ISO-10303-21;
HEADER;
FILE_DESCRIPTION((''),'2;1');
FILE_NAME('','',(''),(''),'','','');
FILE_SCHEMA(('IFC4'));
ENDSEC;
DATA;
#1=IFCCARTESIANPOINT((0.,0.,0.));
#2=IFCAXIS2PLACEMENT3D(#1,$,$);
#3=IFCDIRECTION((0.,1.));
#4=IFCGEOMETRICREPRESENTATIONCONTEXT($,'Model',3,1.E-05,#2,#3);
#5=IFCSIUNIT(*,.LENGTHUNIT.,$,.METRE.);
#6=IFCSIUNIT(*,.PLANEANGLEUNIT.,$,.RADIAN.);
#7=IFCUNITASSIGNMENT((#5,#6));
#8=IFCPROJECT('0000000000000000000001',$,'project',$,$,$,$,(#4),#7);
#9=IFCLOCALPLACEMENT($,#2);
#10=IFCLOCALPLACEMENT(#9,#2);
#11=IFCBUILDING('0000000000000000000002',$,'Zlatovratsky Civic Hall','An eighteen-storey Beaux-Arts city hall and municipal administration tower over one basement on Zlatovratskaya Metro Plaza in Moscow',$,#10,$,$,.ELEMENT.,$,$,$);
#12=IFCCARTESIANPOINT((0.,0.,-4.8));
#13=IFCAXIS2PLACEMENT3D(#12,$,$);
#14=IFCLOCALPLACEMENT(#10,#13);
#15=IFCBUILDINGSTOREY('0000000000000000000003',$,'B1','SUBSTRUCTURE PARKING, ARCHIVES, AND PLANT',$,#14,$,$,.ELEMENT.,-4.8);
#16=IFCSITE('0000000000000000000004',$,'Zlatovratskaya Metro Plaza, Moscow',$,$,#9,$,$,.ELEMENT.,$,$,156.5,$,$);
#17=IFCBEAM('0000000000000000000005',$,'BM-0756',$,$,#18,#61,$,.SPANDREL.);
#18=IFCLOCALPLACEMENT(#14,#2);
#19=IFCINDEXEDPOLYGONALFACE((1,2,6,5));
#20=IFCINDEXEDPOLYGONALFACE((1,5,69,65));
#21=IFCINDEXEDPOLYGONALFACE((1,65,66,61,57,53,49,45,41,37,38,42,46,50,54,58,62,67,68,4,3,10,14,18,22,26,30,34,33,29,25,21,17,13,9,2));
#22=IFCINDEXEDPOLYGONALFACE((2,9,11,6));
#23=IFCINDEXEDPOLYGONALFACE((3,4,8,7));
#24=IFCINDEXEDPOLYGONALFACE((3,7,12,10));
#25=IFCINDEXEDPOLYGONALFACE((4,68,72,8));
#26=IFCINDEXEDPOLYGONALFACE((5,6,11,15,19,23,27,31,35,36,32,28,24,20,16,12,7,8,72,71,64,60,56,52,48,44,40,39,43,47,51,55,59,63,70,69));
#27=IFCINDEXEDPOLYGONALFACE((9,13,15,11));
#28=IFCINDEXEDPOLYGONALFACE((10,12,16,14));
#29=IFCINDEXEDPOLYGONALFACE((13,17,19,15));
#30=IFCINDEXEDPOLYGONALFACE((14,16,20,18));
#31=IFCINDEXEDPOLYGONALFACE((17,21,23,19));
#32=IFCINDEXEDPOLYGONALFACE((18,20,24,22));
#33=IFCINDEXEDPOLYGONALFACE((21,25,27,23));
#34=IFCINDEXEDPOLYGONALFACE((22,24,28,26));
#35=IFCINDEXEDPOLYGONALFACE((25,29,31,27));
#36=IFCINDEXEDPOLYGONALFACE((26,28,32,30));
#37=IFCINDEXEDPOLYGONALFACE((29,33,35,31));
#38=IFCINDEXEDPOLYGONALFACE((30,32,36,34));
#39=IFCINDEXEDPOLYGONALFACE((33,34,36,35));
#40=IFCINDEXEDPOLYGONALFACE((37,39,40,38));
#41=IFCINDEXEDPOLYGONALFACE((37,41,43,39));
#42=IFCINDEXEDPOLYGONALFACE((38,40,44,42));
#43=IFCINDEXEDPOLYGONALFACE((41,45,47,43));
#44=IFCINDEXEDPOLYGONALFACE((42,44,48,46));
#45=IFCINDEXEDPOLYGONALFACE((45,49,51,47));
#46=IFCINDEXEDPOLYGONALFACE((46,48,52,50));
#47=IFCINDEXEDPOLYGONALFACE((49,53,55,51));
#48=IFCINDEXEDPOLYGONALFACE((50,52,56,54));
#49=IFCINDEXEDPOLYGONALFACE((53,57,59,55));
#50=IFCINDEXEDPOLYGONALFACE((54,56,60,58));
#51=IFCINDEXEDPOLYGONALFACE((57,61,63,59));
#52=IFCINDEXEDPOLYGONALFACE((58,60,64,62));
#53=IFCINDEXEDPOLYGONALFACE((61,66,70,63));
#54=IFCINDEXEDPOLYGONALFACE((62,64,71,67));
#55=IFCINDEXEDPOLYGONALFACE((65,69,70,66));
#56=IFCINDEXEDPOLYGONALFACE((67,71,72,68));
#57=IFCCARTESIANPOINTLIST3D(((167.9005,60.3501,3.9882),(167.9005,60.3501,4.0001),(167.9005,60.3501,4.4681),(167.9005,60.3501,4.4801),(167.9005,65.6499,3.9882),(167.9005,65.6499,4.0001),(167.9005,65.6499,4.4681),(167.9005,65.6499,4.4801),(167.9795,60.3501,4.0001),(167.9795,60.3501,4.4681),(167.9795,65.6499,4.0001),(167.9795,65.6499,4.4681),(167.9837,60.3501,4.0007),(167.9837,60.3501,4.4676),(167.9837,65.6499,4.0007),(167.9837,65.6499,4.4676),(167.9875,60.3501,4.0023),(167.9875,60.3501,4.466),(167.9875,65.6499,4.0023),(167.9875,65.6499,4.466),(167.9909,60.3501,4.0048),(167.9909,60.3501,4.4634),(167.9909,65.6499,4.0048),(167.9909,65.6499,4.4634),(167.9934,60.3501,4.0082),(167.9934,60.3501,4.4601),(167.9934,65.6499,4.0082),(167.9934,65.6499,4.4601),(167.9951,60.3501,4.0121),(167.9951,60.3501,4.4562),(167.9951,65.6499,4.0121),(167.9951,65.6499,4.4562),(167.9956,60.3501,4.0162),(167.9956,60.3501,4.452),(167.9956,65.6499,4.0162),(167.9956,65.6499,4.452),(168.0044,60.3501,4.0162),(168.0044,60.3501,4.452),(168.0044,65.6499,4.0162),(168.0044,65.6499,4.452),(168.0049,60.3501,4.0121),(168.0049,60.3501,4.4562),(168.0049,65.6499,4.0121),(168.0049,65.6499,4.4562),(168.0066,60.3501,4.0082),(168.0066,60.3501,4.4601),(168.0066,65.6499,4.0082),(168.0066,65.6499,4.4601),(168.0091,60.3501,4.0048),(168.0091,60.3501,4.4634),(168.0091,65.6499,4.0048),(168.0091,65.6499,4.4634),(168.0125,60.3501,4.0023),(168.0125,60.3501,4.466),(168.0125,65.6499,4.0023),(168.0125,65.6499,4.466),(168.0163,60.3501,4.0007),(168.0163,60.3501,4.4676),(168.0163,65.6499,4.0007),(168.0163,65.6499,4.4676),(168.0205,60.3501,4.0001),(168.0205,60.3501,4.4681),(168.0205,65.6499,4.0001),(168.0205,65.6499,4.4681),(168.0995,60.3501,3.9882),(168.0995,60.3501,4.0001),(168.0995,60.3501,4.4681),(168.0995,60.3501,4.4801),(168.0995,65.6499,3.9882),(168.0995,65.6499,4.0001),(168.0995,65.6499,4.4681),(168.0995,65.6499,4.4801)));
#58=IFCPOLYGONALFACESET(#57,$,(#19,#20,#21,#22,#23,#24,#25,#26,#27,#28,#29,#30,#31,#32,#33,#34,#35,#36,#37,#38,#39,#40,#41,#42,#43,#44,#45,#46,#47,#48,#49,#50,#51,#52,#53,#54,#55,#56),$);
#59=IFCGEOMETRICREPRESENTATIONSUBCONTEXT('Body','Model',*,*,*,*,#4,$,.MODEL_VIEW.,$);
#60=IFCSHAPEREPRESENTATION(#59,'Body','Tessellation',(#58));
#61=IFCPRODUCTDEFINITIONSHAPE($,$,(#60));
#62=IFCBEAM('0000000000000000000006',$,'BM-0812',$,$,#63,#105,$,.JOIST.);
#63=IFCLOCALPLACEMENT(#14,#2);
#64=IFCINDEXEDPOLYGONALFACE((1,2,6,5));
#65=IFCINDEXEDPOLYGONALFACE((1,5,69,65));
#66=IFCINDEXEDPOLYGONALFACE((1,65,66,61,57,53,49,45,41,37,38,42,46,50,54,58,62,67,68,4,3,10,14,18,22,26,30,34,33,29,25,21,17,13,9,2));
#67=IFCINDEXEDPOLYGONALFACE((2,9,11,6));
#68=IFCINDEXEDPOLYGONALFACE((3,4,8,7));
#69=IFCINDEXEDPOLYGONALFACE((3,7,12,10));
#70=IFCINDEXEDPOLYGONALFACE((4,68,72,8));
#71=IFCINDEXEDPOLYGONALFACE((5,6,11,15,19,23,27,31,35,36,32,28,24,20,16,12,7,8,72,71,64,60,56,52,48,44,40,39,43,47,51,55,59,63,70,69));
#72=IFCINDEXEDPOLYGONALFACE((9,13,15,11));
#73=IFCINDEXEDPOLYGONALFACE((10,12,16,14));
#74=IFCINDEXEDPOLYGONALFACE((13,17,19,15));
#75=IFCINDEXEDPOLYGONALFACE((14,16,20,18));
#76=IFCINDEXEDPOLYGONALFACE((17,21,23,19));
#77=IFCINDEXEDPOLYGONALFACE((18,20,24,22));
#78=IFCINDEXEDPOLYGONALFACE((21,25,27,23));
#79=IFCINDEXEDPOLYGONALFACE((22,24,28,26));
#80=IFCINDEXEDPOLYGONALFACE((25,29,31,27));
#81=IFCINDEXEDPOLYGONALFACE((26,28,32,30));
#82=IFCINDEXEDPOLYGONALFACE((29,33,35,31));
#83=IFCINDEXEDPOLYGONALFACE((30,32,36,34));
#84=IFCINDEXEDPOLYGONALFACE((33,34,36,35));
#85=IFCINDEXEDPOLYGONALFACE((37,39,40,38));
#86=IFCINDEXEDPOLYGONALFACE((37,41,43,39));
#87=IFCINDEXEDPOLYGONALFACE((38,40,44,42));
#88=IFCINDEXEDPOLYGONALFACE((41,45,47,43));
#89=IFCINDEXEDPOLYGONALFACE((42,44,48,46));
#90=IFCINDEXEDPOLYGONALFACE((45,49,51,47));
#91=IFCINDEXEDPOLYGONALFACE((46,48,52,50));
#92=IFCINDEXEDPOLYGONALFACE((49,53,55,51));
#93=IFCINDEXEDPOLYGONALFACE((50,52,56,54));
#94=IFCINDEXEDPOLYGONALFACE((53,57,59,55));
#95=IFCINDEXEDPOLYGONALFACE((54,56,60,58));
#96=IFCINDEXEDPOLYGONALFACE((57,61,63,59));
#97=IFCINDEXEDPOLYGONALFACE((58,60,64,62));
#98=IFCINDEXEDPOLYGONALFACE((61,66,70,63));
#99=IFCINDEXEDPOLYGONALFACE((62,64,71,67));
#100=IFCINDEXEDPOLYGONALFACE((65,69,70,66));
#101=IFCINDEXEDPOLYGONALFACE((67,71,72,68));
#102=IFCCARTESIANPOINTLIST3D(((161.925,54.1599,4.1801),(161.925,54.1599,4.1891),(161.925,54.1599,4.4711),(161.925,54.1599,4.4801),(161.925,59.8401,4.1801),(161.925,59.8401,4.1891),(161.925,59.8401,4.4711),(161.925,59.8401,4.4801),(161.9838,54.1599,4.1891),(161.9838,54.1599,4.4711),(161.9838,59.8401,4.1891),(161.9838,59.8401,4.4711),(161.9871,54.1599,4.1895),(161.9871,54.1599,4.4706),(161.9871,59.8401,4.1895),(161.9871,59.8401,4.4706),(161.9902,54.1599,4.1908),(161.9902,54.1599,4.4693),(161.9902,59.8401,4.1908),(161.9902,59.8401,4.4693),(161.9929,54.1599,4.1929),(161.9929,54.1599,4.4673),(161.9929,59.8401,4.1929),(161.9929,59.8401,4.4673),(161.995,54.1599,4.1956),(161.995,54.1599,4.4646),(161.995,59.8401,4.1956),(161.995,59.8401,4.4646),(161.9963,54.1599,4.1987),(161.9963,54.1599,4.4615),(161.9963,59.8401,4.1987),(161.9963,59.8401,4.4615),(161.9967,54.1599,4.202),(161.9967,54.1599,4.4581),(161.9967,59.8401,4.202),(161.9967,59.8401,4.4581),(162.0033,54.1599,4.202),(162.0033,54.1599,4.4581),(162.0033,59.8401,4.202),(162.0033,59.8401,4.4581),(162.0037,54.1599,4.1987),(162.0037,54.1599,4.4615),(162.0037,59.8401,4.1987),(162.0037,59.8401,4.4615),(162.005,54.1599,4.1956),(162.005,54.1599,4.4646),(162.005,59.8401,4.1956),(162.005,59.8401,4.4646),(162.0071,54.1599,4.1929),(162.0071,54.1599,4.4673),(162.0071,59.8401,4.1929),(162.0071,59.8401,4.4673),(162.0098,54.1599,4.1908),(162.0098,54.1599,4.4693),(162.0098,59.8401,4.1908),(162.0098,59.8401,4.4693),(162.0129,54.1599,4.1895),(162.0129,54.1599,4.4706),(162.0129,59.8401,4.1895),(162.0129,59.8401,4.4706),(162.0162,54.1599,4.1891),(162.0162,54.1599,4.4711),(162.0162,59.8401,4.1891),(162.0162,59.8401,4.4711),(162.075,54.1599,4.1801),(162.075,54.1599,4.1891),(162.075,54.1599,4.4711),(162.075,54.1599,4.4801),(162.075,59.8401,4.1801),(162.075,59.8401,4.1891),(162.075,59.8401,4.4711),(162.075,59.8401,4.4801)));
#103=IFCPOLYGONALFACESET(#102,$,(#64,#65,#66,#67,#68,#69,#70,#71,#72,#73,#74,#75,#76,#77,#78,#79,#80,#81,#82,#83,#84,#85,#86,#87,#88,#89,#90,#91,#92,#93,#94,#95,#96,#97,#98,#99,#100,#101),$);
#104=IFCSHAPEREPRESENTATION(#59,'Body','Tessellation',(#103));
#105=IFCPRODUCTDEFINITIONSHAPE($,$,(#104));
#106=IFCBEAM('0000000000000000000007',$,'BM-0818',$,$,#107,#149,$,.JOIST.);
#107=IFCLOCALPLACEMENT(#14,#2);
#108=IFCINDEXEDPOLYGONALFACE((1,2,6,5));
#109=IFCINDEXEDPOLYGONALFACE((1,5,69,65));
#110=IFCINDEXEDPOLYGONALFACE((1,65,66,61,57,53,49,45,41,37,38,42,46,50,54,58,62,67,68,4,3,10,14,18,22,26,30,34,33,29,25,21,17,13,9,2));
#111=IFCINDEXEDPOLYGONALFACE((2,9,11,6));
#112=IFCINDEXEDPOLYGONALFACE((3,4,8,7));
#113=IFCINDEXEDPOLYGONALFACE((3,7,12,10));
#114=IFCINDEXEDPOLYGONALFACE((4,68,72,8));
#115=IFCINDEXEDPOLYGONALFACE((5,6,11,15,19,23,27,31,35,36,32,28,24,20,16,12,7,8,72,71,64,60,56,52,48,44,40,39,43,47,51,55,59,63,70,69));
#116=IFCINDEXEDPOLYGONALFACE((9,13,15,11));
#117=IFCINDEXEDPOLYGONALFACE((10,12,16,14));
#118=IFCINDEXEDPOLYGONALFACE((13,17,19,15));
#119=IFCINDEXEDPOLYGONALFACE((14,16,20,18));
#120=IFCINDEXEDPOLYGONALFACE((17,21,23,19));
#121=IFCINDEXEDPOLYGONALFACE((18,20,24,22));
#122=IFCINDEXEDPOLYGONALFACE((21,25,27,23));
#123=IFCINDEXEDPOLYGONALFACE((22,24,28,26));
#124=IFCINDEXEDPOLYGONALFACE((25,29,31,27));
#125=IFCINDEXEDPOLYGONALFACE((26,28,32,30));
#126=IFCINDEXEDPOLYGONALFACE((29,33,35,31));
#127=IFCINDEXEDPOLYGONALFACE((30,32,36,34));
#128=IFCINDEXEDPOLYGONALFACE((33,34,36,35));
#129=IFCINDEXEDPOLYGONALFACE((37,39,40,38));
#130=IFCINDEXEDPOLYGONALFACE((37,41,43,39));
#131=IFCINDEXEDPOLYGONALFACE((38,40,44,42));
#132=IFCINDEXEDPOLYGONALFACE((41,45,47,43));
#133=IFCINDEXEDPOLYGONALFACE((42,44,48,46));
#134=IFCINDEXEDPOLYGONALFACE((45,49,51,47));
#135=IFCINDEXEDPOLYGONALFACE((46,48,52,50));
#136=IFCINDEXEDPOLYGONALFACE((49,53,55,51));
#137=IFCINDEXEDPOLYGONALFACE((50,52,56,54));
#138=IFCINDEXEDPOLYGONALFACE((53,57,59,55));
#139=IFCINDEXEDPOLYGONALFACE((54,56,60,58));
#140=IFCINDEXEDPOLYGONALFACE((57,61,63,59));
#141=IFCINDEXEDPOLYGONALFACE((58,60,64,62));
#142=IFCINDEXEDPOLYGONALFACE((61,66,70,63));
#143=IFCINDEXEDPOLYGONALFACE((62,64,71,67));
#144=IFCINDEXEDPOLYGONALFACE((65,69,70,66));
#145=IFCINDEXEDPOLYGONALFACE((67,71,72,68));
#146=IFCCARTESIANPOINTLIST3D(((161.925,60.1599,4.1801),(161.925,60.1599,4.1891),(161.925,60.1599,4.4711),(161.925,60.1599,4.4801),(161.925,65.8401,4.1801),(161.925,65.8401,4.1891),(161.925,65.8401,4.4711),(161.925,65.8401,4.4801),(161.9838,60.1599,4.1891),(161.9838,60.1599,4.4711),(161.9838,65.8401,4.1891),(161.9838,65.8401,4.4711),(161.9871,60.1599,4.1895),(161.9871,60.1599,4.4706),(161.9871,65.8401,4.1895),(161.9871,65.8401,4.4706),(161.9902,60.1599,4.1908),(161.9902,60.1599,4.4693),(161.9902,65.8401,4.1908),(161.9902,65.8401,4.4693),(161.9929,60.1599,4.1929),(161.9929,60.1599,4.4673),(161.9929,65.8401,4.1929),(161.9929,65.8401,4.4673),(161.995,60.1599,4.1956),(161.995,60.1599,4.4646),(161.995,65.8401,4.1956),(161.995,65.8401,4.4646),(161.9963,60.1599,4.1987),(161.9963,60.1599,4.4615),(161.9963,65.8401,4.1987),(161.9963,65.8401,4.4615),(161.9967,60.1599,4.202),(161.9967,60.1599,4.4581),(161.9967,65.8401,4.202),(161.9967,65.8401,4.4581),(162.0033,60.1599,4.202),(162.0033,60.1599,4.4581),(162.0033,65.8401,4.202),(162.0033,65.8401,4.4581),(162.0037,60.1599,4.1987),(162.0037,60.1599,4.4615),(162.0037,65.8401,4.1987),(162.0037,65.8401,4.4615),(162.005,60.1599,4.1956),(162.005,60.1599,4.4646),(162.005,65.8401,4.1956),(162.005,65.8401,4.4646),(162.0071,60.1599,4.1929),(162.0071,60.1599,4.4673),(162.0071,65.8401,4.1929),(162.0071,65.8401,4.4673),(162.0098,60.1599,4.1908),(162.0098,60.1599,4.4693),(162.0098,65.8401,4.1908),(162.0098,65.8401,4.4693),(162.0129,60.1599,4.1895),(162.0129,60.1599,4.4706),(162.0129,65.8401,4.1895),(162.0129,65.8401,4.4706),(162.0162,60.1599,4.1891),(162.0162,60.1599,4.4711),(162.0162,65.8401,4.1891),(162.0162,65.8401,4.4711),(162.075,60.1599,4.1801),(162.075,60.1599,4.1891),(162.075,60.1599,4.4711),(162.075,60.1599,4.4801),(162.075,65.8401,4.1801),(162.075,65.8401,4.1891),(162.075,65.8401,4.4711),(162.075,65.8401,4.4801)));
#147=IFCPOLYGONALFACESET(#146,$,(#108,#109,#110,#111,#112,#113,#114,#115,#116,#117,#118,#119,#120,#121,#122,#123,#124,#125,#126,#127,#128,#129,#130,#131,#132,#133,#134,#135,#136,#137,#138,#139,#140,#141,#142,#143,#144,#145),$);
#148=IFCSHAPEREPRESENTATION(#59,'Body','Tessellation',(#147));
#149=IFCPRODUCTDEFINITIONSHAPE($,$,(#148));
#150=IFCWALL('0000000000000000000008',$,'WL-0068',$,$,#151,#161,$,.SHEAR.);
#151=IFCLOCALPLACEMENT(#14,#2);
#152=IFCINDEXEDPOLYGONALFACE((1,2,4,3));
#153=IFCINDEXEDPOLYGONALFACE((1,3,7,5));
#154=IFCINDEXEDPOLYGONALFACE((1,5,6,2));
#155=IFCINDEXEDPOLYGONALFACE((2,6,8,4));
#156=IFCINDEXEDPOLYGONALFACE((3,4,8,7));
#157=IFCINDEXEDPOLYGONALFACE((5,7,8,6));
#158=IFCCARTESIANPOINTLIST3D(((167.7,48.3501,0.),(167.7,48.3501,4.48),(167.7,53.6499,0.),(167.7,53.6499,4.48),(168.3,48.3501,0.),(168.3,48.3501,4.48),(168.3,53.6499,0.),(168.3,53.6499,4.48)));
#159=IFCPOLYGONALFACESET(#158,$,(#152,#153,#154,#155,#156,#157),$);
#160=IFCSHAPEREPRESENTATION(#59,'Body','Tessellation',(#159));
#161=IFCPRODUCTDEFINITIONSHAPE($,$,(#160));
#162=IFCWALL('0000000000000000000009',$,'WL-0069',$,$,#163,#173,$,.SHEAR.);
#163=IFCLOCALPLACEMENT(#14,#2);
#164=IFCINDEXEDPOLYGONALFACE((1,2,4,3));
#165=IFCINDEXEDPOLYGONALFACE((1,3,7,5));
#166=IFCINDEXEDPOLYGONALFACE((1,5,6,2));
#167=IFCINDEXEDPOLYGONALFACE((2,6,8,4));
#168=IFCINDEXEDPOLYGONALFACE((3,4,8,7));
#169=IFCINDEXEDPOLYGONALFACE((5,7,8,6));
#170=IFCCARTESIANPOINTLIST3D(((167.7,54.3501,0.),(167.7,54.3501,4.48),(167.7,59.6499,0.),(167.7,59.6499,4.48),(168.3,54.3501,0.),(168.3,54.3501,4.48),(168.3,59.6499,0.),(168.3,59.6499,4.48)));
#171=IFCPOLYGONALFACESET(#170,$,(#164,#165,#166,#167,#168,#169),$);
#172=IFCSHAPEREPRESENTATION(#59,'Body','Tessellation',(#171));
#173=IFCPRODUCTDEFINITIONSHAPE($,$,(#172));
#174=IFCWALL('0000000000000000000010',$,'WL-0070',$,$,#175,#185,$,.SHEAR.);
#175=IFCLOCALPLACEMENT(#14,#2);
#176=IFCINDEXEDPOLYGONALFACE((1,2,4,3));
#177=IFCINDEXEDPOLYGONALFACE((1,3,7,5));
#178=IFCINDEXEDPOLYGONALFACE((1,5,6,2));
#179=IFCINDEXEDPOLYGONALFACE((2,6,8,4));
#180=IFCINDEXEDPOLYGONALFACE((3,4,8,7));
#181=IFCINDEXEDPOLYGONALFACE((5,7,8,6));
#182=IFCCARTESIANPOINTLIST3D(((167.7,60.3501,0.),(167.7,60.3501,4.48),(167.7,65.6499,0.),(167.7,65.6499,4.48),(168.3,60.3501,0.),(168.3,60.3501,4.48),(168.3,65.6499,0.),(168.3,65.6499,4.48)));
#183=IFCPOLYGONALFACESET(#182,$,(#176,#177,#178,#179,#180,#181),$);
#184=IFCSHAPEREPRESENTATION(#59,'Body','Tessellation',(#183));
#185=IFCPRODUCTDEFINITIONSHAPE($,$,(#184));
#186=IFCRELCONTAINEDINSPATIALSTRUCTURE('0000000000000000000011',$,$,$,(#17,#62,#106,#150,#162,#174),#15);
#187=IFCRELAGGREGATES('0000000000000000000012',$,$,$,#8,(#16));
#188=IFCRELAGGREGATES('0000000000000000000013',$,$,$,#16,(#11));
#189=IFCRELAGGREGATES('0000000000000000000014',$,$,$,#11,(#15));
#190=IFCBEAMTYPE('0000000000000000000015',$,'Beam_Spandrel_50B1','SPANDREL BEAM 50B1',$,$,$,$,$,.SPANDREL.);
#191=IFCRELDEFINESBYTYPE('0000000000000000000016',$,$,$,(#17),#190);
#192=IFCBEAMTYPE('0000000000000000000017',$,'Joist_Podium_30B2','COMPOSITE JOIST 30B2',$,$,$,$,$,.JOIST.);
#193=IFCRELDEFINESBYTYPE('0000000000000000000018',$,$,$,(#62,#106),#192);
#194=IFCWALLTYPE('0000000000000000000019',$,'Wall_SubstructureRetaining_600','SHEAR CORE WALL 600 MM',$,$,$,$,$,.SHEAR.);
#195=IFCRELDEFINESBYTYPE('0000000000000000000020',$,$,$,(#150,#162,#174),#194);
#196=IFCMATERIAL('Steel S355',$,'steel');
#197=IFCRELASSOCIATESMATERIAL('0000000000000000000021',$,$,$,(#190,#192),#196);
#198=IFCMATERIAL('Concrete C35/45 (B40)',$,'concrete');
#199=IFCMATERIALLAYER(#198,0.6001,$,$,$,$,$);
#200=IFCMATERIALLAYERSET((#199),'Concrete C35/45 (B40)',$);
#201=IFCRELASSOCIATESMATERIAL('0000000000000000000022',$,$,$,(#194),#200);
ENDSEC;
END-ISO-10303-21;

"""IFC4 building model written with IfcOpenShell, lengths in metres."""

from ifc_helpers import new_model, si_unit, direction, frame, frame_2d, origin, origin_2d, place, context, subcontext, project, spatial, rectangle, i_section, extrude, material, layer, layer_set, material_profile, profile_set, type_object, element, save


model = new_model("IFC4")

# Units and contexts
model_context = context("Model", 3, precision=1e-05, world=origin(), true_north=direction((0.0, 1.0)))
body_context = subcontext(model_context, "Body", "Model", "MODEL_VIEW")
ifc_project = project(units=[si_unit("LENGTHUNIT", "METRE"), si_unit("PLANEANGLEUNIT", "RADIAN")], contexts=[model_context])

# Site, building, storey
site_placement = place(None, origin())
site = spatial("IfcSite", under=ifc_project, at=site_placement, Name="Zlatovratskaya Metro Plaza, Moscow", CompositionType="ELEMENT", RefElevation=156.5)
building_placement = place(site_placement, origin())
building = spatial("IfcBuilding", under=site, at=building_placement, Name="Zlatovratsky Civic Hall", Description="An eighteen-storey Beaux-Arts city hall and municipal administration tower over one basement on Zlatovratskaya Metro Plaza in Moscow", CompositionType="ELEMENT")
storey_placement = place(building_placement, frame((0.0, 0.0, -4.8)))
storey = spatial("IfcBuildingStorey", under=building, at=storey_placement, Name="B1", Description="SUBSTRUCTURE PARKING, ARCHIVES, AND PLANT", CompositionType="ELEMENT", Elevation=-4.8)

# Shared definitions
ifc_material_1 = material(Name="Concrete C35/45 (B40)", Category="concrete")

# Beams
ifc_material_2 = material(Name="Steel S355", Category="steel")
ifc_material_profile_1 = material_profile(ifc_material_2, i_section(OverallWidth=0.199, OverallDepth=0.4919, WebThickness=0.0088, FlangeThickness=0.012, FilletRadius=0.0161, at=origin_2d()), Name="50B1")
ifc_profile_set_1 = profile_set([ifc_material_profile_1], Name="Steel S355")
beam_type_1 = type_object("IfcBeamType", Name="Beam_Spandrel_50B1", Description="SPANDREL BEAM 50B1", PredefinedType="SPANDREL", material=ifc_profile_set_1)
for number, where, z_axis, x_axis, name in (
    (1, (168.0, 60.3501, 4.2341), (0.0, 1.0, 0.0), (-1.0, 0.0, 0.0), "BM-0756"),
):
    element("IfcBeam", number, at=place(storey_placement, frame(where, z_axis=z_axis, x_axis=x_axis)), inside=storey, type_object=beam_type_1, Name=name, PredefinedType="SPANDREL", context=body_context, shape_type="SweptSolid", body=[
        extrude(i_section(OverallWidth=0.199, OverallDepth=0.4919, WebThickness=0.0088, FlangeThickness=0.012, FilletRadius=0.0161, at=origin_2d()), origin(), (0.0, 0.0, 1.0), 5.2998),
    ])
ifc_material_profile_2 = material_profile(ifc_material_2, i_section(OverallWidth=0.1499, OverallDepth=0.3, WebThickness=0.0066, FlangeThickness=0.009, FilletRadius=0.0129, at=origin_2d()), Name="30B2")
ifc_profile_set_2 = profile_set([ifc_material_profile_2], Name="Steel S355")
beam_type_2 = type_object("IfcBeamType", Name="Joist_Podium_30B2", Description="COMPOSITE JOIST 30B2", PredefinedType="JOIST", material=ifc_profile_set_2)
for number, where, z_axis, x_axis, name in (
    (2, (162.0, 54.1599, 4.3301), (0.0, 1.0, 0.0), (-1.0, 0.0, 0.0), "BM-0812"),
    (3, (162.0, 60.1599, 4.3301), (0.0, 1.0, 0.0), (-1.0, 0.0, 0.0), "BM-0818"),
):
    element("IfcBeam", number, at=place(storey_placement, frame(where, z_axis=z_axis, x_axis=x_axis)), inside=storey, type_object=beam_type_2, Name=name, PredefinedType="JOIST", context=body_context, shape_type="SweptSolid", body=[
        extrude(i_section(OverallWidth=0.1499, OverallDepth=0.3, WebThickness=0.0066, FlangeThickness=0.009, FilletRadius=0.0129, at=origin_2d()), origin(), (0.0, 0.0, 1.0), 5.6802),
    ])

# Walls
ifc_layer = layer(ifc_material_1, 0.6001)
ifc_layer_set = layer_set([ifc_layer], Name="Concrete C35/45 (B40)")
wall_type = type_object("IfcWallType", Name="Wall_SubstructureRetaining_600", Description="SHEAR CORE WALL 600 MM", PredefinedType="SHEAR", material=ifc_layer_set)
for number, where, z_axis, x_axis, name in (
    (4, (168.0, 48.3501, 0.0), (0.0, 0.0, 1.0), (0.0, 1.0, 0.0), "WL-0068"),
    (5, (168.0, 54.3501, 0.0), (0.0, 0.0, 1.0), (0.0, 1.0, 0.0), "WL-0069"),
    (6, (168.0, 60.3501, 0.0), (0.0, 0.0, 1.0), (0.0, 1.0, 0.0), "WL-0070"),
):
    element("IfcWall", number, at=place(storey_placement, frame(where, z_axis=z_axis, x_axis=x_axis)), inside=storey, type_object=wall_type, Name=name, PredefinedType="SHEAR", context=body_context, shape_type="SweptSolid", body=[
        extrude(rectangle(XDim=5.2998, YDim=0.6001, at=frame_2d((2.6499, 0.0))), origin(), (0.0, 0.0, 1.0), 4.48),
    ])

save(model, "model.ifc")
